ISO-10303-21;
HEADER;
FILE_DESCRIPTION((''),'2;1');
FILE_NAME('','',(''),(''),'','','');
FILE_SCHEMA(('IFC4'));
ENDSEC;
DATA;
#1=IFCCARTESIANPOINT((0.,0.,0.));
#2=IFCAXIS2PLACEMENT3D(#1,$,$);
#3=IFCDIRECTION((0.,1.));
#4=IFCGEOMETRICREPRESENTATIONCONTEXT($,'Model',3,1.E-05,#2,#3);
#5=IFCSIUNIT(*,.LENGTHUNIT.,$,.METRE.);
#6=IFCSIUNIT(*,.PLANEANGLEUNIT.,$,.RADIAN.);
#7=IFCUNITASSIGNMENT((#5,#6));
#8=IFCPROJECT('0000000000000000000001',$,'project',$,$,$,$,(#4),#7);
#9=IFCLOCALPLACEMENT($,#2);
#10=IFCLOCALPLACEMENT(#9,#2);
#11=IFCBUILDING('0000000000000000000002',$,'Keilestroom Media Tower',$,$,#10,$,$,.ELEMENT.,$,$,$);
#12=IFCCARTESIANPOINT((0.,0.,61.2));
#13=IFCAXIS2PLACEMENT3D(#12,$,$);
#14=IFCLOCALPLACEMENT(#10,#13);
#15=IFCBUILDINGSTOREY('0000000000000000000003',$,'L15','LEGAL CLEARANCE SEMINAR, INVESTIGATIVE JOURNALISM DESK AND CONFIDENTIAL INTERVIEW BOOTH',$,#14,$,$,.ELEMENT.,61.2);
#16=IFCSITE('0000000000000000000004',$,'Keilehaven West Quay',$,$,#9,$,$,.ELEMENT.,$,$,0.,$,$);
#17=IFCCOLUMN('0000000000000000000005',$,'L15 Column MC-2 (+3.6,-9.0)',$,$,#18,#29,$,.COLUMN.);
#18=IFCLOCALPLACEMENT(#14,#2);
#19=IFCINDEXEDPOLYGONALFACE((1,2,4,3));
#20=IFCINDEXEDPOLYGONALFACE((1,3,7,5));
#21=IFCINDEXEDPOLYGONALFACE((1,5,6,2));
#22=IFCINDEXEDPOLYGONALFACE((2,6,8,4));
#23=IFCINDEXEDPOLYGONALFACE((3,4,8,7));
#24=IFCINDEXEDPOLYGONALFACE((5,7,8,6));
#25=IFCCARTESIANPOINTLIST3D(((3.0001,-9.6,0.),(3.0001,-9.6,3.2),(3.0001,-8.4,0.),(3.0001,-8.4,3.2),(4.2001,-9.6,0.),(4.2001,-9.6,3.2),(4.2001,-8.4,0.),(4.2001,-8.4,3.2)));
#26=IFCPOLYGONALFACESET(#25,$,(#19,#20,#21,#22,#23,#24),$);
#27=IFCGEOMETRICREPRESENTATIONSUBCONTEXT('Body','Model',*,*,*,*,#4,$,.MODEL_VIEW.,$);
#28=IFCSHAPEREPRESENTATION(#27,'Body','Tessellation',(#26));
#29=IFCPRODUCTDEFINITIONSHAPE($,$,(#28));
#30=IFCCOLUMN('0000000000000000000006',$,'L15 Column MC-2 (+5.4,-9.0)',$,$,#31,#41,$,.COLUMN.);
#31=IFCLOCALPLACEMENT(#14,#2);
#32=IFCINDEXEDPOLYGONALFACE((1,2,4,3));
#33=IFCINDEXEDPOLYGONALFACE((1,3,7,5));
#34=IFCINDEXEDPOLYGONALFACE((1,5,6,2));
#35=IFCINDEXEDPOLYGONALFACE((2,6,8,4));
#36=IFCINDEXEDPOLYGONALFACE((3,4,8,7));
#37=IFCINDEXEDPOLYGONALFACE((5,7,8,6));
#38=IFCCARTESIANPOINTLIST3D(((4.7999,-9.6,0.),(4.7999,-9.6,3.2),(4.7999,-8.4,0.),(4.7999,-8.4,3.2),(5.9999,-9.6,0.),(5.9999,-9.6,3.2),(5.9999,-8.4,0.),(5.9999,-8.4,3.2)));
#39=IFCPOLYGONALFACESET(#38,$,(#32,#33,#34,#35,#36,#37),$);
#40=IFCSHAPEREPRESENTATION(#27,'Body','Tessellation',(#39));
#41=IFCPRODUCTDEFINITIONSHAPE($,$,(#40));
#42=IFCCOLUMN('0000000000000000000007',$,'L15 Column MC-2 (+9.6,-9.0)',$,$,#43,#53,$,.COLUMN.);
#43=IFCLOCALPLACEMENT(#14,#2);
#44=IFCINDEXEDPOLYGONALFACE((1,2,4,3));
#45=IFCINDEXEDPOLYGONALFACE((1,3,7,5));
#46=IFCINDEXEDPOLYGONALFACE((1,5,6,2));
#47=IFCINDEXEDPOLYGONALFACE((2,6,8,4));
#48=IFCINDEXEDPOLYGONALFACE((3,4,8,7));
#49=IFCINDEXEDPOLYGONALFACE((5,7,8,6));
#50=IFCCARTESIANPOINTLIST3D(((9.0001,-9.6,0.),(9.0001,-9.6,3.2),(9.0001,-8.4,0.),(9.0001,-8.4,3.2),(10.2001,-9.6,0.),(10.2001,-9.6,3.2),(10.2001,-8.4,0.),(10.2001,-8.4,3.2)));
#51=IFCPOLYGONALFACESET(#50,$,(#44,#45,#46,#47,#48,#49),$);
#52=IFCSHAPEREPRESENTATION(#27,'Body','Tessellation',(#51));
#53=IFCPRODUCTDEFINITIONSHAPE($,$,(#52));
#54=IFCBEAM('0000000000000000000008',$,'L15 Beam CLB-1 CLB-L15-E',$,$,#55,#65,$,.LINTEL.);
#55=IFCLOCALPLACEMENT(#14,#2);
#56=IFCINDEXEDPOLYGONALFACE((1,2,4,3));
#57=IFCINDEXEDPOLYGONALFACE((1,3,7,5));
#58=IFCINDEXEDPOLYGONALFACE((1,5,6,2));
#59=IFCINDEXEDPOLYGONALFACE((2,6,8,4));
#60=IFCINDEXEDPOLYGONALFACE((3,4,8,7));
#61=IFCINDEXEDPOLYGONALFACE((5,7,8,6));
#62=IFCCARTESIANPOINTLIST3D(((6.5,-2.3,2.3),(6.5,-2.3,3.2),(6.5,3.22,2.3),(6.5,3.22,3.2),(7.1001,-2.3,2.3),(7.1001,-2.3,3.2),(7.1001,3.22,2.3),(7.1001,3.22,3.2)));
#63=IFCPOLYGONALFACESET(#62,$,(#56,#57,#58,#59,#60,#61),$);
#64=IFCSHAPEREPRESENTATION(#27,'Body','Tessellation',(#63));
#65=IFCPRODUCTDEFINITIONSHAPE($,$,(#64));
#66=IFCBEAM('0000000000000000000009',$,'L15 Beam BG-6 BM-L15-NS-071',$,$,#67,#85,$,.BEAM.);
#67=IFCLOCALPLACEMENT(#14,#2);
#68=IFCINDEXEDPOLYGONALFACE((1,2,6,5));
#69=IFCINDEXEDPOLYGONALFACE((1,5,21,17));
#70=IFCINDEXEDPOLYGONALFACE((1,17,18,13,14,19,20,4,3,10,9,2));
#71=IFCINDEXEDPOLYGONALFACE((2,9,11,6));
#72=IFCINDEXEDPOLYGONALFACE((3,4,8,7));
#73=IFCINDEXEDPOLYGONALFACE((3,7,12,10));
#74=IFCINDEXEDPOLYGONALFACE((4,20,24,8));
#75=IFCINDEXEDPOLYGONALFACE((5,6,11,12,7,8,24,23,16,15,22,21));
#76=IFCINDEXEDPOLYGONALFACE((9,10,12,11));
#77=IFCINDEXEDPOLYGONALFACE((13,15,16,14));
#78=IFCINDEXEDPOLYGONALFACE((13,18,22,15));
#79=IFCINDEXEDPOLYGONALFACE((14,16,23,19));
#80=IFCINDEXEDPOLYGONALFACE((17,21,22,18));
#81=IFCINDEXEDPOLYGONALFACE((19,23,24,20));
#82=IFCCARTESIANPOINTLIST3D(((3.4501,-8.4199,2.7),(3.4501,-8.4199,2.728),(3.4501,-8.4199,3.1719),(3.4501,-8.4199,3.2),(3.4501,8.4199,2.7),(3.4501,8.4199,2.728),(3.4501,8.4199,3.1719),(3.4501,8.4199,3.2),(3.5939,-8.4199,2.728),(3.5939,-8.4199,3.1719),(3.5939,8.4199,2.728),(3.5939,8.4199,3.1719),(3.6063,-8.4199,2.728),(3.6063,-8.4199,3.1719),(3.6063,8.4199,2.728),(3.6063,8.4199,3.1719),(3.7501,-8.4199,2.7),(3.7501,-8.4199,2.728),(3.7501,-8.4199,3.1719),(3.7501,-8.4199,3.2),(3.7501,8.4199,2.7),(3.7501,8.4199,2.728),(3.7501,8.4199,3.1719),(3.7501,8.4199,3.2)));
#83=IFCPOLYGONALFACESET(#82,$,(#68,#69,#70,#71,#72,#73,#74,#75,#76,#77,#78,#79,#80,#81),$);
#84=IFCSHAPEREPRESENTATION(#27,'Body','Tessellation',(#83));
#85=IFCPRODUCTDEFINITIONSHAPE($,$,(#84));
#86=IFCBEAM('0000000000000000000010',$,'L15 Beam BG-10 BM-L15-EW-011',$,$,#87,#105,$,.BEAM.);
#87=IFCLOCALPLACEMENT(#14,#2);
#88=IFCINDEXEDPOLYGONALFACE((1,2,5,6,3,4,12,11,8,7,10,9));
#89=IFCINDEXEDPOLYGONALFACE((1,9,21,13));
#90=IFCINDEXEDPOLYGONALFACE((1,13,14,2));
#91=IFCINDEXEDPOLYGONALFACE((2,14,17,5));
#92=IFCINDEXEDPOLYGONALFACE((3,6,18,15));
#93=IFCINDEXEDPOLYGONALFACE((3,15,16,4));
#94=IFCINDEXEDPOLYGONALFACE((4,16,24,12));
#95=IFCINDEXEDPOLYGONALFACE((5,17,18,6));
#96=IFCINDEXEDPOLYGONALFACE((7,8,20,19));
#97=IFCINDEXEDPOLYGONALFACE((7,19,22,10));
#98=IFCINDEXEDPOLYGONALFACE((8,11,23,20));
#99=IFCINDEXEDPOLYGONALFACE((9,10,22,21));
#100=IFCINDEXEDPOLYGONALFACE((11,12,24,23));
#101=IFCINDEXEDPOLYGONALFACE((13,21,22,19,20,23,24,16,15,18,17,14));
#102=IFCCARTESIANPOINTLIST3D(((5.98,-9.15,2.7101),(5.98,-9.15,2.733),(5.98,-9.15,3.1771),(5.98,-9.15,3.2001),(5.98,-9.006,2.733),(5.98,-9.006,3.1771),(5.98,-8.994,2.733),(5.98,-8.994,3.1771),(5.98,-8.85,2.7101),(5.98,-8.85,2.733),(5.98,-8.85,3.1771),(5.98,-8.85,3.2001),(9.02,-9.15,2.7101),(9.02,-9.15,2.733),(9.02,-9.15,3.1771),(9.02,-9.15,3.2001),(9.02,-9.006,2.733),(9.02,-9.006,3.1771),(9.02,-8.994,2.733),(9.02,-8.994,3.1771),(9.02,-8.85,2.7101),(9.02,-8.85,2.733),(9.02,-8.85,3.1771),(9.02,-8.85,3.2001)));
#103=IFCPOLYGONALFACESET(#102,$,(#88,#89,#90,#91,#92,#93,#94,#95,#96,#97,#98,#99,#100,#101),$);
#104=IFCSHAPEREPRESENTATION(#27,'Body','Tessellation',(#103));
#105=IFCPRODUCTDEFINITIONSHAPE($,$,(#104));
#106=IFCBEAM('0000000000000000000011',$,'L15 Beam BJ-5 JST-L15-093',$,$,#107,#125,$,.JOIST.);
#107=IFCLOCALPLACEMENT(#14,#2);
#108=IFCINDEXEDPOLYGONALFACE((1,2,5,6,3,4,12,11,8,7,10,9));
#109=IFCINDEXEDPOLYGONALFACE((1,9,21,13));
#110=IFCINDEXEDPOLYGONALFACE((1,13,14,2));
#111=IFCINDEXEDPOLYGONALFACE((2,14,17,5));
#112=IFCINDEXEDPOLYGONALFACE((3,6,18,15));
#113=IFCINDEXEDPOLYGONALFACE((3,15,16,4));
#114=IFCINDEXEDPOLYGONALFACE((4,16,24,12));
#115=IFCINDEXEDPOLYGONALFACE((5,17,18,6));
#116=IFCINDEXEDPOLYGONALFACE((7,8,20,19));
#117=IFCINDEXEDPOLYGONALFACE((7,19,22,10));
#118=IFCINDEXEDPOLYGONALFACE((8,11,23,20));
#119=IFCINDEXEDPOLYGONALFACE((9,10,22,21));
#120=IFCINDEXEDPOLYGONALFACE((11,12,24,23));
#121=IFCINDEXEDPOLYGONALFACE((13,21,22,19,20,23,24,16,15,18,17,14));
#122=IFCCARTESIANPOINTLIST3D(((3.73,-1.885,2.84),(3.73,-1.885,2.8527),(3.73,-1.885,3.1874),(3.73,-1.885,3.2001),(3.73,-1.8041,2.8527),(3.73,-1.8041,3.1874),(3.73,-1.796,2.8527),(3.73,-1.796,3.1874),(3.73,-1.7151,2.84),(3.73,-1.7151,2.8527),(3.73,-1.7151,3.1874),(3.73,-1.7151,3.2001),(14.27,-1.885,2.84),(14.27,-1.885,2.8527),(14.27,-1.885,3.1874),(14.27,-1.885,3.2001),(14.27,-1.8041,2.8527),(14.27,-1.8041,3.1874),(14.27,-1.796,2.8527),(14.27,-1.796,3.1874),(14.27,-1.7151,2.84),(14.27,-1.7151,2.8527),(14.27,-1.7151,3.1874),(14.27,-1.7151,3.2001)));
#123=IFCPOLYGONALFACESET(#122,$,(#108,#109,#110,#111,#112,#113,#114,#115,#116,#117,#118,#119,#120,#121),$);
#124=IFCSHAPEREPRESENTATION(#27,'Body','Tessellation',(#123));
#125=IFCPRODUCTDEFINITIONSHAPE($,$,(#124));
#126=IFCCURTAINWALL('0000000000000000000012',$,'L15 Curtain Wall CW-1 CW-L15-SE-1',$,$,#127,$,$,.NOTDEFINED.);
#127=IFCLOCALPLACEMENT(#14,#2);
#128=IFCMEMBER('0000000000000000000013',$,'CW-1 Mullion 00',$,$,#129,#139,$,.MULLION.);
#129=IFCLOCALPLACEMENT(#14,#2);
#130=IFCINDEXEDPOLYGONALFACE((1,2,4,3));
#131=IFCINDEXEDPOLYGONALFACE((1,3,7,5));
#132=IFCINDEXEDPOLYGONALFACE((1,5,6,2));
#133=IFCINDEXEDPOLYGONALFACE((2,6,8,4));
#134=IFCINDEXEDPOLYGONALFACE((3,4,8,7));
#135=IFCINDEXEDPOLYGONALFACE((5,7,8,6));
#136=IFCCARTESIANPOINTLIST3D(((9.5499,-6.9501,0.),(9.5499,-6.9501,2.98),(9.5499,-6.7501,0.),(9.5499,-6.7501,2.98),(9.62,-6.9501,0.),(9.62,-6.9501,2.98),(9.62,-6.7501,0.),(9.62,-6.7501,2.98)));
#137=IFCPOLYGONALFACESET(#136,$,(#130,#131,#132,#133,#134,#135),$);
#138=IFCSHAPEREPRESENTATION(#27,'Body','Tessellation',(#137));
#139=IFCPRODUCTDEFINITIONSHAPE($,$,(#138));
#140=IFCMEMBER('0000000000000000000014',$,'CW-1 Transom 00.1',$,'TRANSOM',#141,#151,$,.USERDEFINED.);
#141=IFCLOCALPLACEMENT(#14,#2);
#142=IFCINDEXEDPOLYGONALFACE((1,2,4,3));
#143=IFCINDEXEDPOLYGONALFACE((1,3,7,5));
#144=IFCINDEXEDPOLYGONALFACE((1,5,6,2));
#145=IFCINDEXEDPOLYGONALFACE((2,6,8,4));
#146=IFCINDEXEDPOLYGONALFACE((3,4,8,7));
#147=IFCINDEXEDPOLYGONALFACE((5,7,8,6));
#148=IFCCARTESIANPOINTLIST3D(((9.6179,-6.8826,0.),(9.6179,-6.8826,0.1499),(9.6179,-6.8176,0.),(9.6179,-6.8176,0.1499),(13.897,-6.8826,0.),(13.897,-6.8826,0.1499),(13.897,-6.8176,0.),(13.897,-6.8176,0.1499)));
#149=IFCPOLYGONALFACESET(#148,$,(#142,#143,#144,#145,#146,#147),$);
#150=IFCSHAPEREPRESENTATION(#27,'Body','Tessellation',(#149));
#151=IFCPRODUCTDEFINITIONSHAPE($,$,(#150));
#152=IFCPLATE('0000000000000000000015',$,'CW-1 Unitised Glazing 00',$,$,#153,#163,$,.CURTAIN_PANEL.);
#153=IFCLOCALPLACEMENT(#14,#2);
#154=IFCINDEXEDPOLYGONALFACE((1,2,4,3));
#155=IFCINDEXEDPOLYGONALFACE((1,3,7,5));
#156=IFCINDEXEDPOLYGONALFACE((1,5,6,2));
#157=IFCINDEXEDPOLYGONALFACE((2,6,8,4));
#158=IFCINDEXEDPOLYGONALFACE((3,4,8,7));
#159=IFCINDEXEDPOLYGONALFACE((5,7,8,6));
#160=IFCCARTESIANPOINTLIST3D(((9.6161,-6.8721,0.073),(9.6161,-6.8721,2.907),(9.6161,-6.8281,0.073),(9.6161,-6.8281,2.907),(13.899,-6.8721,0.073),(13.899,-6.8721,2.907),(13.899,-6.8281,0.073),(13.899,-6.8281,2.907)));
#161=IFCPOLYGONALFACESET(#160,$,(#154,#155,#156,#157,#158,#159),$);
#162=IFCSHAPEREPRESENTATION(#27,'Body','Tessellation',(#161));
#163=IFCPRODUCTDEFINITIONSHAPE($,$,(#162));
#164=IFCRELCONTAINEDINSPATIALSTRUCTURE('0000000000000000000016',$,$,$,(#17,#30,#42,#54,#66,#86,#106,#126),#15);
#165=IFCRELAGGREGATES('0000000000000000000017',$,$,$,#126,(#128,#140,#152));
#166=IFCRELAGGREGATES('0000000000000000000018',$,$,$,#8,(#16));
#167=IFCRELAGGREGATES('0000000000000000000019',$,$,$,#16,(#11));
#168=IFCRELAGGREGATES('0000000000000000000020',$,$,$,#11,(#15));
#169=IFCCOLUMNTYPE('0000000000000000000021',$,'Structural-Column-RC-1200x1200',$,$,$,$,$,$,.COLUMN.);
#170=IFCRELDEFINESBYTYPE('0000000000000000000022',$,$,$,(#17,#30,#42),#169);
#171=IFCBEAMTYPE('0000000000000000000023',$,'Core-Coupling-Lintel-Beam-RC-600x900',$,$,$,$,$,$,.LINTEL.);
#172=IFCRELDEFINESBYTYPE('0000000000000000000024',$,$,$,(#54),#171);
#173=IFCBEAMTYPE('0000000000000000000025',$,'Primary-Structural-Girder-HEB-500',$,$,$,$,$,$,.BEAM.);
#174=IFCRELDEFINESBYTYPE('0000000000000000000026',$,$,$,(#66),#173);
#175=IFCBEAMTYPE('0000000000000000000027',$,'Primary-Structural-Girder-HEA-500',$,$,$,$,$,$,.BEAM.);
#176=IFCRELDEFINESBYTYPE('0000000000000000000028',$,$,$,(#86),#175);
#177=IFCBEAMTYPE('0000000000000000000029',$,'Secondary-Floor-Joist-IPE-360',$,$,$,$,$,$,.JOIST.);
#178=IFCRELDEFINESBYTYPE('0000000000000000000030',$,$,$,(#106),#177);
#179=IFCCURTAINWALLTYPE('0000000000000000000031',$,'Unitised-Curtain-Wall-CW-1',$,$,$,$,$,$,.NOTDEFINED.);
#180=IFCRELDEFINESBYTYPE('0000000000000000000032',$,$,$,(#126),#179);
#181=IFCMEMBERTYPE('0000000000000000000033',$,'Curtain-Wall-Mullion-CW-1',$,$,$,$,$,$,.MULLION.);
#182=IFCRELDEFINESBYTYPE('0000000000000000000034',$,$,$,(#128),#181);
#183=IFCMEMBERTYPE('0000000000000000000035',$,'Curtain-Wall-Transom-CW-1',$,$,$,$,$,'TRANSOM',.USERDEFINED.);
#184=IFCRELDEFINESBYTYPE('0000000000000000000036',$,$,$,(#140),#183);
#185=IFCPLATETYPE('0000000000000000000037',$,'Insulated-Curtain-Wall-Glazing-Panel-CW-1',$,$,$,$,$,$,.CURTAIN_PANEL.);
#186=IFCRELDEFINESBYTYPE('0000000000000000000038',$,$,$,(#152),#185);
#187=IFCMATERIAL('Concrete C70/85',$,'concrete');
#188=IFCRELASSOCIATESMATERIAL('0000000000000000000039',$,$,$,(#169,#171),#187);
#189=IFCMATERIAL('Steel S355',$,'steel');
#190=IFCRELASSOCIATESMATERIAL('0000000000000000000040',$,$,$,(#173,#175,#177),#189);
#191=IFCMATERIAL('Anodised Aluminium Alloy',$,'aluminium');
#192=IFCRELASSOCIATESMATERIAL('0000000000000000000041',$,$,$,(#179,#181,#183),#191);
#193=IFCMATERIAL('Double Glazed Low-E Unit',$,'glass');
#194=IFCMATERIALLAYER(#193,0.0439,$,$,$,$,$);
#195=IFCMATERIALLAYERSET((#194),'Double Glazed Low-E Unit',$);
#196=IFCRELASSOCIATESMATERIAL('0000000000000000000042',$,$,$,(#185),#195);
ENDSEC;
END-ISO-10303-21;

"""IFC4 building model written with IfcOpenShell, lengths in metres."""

from ifc_helpers import new_model, si_unit, direction, frame, origin, origin_2d, place, context, subcontext, project, spatial, rectangle, i_section, extrude, source, transform, mapped, material, layer, layer_set, material_profile, profile_set, type_object, element, aggregate, save


model = new_model("IFC4")

# Units and contexts
model_context = context("Model", 3, precision=1e-05, world=origin(), true_north=direction((0.0, 1.0)))
body_context = subcontext(model_context, "Body", "Model", "MODEL_VIEW")
ifc_project = project(units=[si_unit("LENGTHUNIT", "METRE"), si_unit("PLANEANGLEUNIT", "RADIAN")], contexts=[model_context])

# Site, building, storey
site_placement = place(None, origin())
site = spatial("IfcSite", under=ifc_project, at=site_placement, Name="Keilehaven West Quay", CompositionType="ELEMENT", RefElevation=0.0)
building_placement = place(site_placement, origin())
building = spatial("IfcBuilding", under=site, at=building_placement, Name="Keilestroom Media Tower", CompositionType="ELEMENT")
storey_placement = place(building_placement, frame((0.0, 0.0, 61.2)))
storey = spatial("IfcBuildingStorey", under=building, at=storey_placement, Name="L15", Description="LEGAL CLEARANCE SEMINAR, INVESTIGATIVE JOURNALISM DESK AND CONFIDENTIAL INTERVIEW BOOTH", CompositionType="ELEMENT", Elevation=61.2)

# Columns
ifc_material_1 = material(Name="Concrete C70/85", Category="concrete")
ifc_material_profile_1 = material_profile(ifc_material_1, rectangle(XDim=1.2, YDim=1.2, at=origin_2d()), Name="RC 1200x1200")
ifc_profile_set_1 = profile_set([ifc_material_profile_1], Name="Concrete C70/85")
column_type = type_object("IfcColumnType", Name="Structural-Column-RC-1200x1200", PredefinedType="COLUMN", material=ifc_profile_set_1)
shared_shape_1 = source(origin(), body_context, "Body", "SweptSolid", [
    extrude(rectangle(XDim=1.2, YDim=1.2, at=origin_2d()), origin(), (0.0, 0.0, 1.0), 3.2),
])
for number, where, z_axis, x_axis, name in (
    (1, (3.6001, -9.0, 0.0), (0.0, 0.0, 1.0), (1.0, 0.0, 0.0), "L15 Column MC-2 (+3.6,-9.0)"),
    (2, (5.3999, -9.0, 0.0), (0.0, 0.0, 1.0), (1.0, 0.0, 0.0), "L15 Column MC-2 (+5.4,-9.0)"),
    (3, (9.6001, -9.0, 0.0), (0.0, 0.0, 1.0), (1.0, 0.0, 0.0), "L15 Column MC-2 (+9.6,-9.0)"),
):
    element("IfcColumn", number, at=place(storey_placement, frame(where, z_axis=z_axis, x_axis=x_axis)), inside=storey, type_object=column_type, Name=name, PredefinedType="COLUMN", context=body_context, shape_type="MappedRepresentation", body=[
        mapped(shared_shape_1, transform((0.0, 0.0, 0.0), x_axis=(1.0, 0.0, 0.0), y_axis=(0.0, 1.0, 0.0), z_axis=(0.0, 0.0, 1.0), scale=1.0)),
    ])

# Beams
ifc_material_profile_2 = material_profile(ifc_material_1, rectangle(XDim=0.6001, YDim=0.8999, at=origin_2d()), Name="RC 600x900")
ifc_profile_set_2 = profile_set([ifc_material_profile_2], Name="Concrete C70/85")
beam_type_1 = type_object("IfcBeamType", Name="Core-Coupling-Lintel-Beam-RC-600x900", PredefinedType="LINTEL", material=ifc_profile_set_2)
shared_shape_2 = source(origin(), body_context, "Body", "SweptSolid", [
    extrude(rectangle(XDim=0.6001, YDim=0.8999, at=origin_2d()), origin(), (0.0, 0.0, 1.0), 5.52),
])
beam_1_placement = place(storey_placement, frame((6.8, -2.3, 2.75), z_axis=(0.0, 1.0, 0.0), x_axis=(-1.0, 0.0, 0.0)))
element("IfcBeam", 4, at=beam_1_placement, inside=storey, type_object=beam_type_1, Name="L15 Beam CLB-1 CLB-L15-E", PredefinedType="LINTEL", context=body_context, shape_type="MappedRepresentation", body=[
    mapped(shared_shape_2, transform((0.0, 0.0, 0.0), x_axis=(1.0, 0.0, 0.0), y_axis=(0.0, 1.0, 0.0), z_axis=(0.0, 0.0, 1.0), scale=1.0)),
])
ifc_material_2 = material(Name="Steel S355", Category="steel")
ifc_material_profile_3 = material_profile(ifc_material_2, i_section(OverallWidth=0.3, OverallDepth=0.5, WebThickness=0.0125, FlangeThickness=0.0281, at=origin_2d()), Name="HEB 500")
ifc_profile_set_3 = profile_set([ifc_material_profile_3], Name="Steel S355")
beam_type_2 = type_object("IfcBeamType", Name="Primary-Structural-Girder-HEB-500", PredefinedType="BEAM", material=ifc_profile_set_3)
shared_shape_3 = source(origin(), body_context, "Body", "SweptSolid", [
    extrude(i_section(OverallWidth=0.3, OverallDepth=0.5, WebThickness=0.0125, FlangeThickness=0.0281, at=origin_2d()), origin(), (0.0, 0.0, 1.0), 16.8398),
])
beam_2_placement = place(storey_placement, frame((3.6001, -8.4199, 2.95), z_axis=(0.0, 1.0, 0.0), x_axis=(-1.0, 0.0, 0.0)))
element("IfcBeam", 5, at=beam_2_placement, inside=storey, type_object=beam_type_2, Name="L15 Beam BG-6 BM-L15-NS-071", PredefinedType="BEAM", context=body_context, shape_type="MappedRepresentation", body=[
    mapped(shared_shape_3, transform((0.0, 0.0, 0.0), x_axis=(1.0, 0.0, 0.0), y_axis=(0.0, 1.0, 0.0), z_axis=(0.0, 0.0, 1.0), scale=1.0)),
])
ifc_material_profile_4 = material_profile(ifc_material_2, i_section(OverallWidth=0.3, OverallDepth=0.49, WebThickness=0.012, FlangeThickness=0.0229, at=origin_2d()), Name="HEA 500")
ifc_profile_set_4 = profile_set([ifc_material_profile_4], Name="Steel S355")
beam_type_3 = type_object("IfcBeamType", Name="Primary-Structural-Girder-HEA-500", PredefinedType="BEAM", material=ifc_profile_set_4)
shared_shape_4 = source(origin(), body_context, "Body", "SweptSolid", [
    extrude(i_section(OverallWidth=0.3, OverallDepth=0.49, WebThickness=0.012, FlangeThickness=0.0229, at=origin_2d()), origin(), (0.0, 0.0, 1.0), 3.04),
])
beam_3_placement = place(storey_placement, frame((5.98, -9.0, 2.9551), z_axis=(1.0, 0.0, 0.0), x_axis=(0.0, 1.0, 0.0)))
element("IfcBeam", 6, at=beam_3_placement, inside=storey, type_object=beam_type_3, Name="L15 Beam BG-10 BM-L15-EW-011", PredefinedType="BEAM", context=body_context, shape_type="MappedRepresentation", body=[
    mapped(shared_shape_4, transform((0.0, 0.0, 0.0), x_axis=(1.0, 0.0, 0.0), y_axis=(0.0, 1.0, 0.0), z_axis=(0.0, 0.0, 1.0), scale=1.0)),
])
ifc_material_profile_5 = material_profile(ifc_material_2, i_section(OverallWidth=0.1699, OverallDepth=0.3601, WebThickness=0.0081, FlangeThickness=0.0127, at=origin_2d()), Name="IPE 360")
ifc_profile_set_5 = profile_set([ifc_material_profile_5], Name="Steel S355")
beam_type_4 = type_object("IfcBeamType", Name="Secondary-Floor-Joist-IPE-360", PredefinedType="JOIST", material=ifc_profile_set_5)
shared_shape_5 = source(origin(), body_context, "Body", "SweptSolid", [
    extrude(i_section(OverallWidth=0.1699, OverallDepth=0.3601, WebThickness=0.0081, FlangeThickness=0.0127, at=origin_2d()), origin(), (0.0, 0.0, 1.0), 10.54),
])
beam_4_placement = place(storey_placement, frame((3.73, -1.8, 3.02), z_axis=(1.0, 0.0, 0.0), x_axis=(0.0, 1.0, 0.0)))
element("IfcBeam", 7, at=beam_4_placement, inside=storey, type_object=beam_type_4, Name="L15 Beam BJ-5 JST-L15-093", PredefinedType="JOIST", context=body_context, shape_type="MappedRepresentation", body=[
    mapped(shared_shape_5, transform((0.0, 0.0, 0.0), x_axis=(1.0, 0.0, 0.0), y_axis=(0.0, 1.0, 0.0), z_axis=(0.0, 0.0, 1.0), scale=1.0)),
])

# Curtain wall, members, plate
ifc_material_3 = material(Name="Anodised Aluminium Alloy", Category="aluminium")
curtain_wall_type = type_object("IfcCurtainWallType", Name="Unitised-Curtain-Wall-CW-1", PredefinedType="NOTDEFINED", material=ifc_material_3)
curtain_wall_placement = place(storey_placement, origin())
curtain_wall = element("IfcCurtainWall", 8, at=curtain_wall_placement, inside=storey, type_object=curtain_wall_type, Name="L15 Curtain Wall CW-1 CW-L15-SE-1", PredefinedType="NOTDEFINED")
ifc_material_profile_6 = material_profile(ifc_material_3, rectangle(XDim=0.0701, YDim=0.2, at=origin_2d()), Name="ALU MULLION 70x200")
ifc_profile_set_6 = profile_set([ifc_material_profile_6], Name="Anodised Aluminium Alloy")
member_type_1 = type_object("IfcMemberType", Name="Curtain-Wall-Mullion-CW-1", PredefinedType="MULLION", material=ifc_profile_set_6)
shared_shape_6 = source(origin(), body_context, "Body", "SweptSolid", [
    extrude(rectangle(XDim=0.0701, YDim=0.2, at=origin_2d()), origin(), (0.0, 0.0, 1.0), 2.98),
])
member_1_placement = place(storey_placement, frame((9.585, -6.8501, 0.0), z_axis=(0.0, 0.0, 1.0), x_axis=(1.0, 0.0, 0.0)))
member_1 = element("IfcMember", 9, at=member_1_placement, type_object=member_type_1, Name="CW-1 Mullion 00", PredefinedType="MULLION", context=body_context, shape_type="MappedRepresentation", body=[
    mapped(shared_shape_6, transform((0.0, 0.0, 0.0), x_axis=(1.0, 0.0, 0.0), y_axis=(0.0, 1.0, 0.0), z_axis=(0.0, 0.0, 1.0), scale=1.0)),
])
ifc_material_profile_7 = material_profile(ifc_material_3, rectangle(XDim=0.0649, YDim=0.1499, at=origin_2d()), Name="ALU TRANSOM 65x150")
ifc_profile_set_7 = profile_set([ifc_material_profile_7], Name="Anodised Aluminium Alloy")
member_type_2 = type_object("IfcMemberType", Name="Curtain-Wall-Transom-CW-1", ElementType="TRANSOM", PredefinedType="USERDEFINED", material=ifc_profile_set_7)
shared_shape_7 = source(origin(), body_context, "Body", "SweptSolid", [
    extrude(rectangle(XDim=0.0649, YDim=0.1499, at=origin_2d()), origin(), (0.0, 0.0, 1.0), 4.2791),
])
member_2_placement = place(storey_placement, frame((9.6179, -6.8501, 0.075), z_axis=(1.0, 0.0, 0.0), x_axis=(0.0, 1.0, 0.0)))
member_2 = element("IfcMember", 10, at=member_2_placement, type_object=member_type_2, Name="CW-1 Transom 00.1", ObjectType="TRANSOM", PredefinedType="USERDEFINED", context=body_context, shape_type="MappedRepresentation", body=[
    mapped(shared_shape_7, transform((0.0, 0.0, 0.0), x_axis=(1.0, 0.0, 0.0), y_axis=(0.0, 1.0, 0.0), z_axis=(0.0, 0.0, 1.0), scale=1.0)),
])
ifc_material_4 = material(Name="Double Glazed Low-E Unit", Category="glass")
ifc_layer_1 = layer(ifc_material_4, 0.0439)
ifc_layer_set_1 = layer_set([ifc_layer_1], Name="Double Glazed Low-E Unit")
plate_type = type_object("IfcPlateType", Name="Insulated-Curtain-Wall-Glazing-Panel-CW-1", PredefinedType="CURTAIN_PANEL", material=ifc_layer_set_1)
shared_shape_8 = source(origin(), body_context, "Body", "SweptSolid", [
    extrude(rectangle(XDim=4.283, YDim=0.0439, at=origin_2d()), origin(), (0.0, 0.0, 1.0), 2.834),
])
plate_placement = place(storey_placement, frame((11.7576, -6.8501, 0.073), z_axis=(0.0, 0.0, 1.0), x_axis=(1.0, 0.0, 0.0)))
plate = element("IfcPlate", 11, at=plate_placement, type_object=plate_type, Name="CW-1 Unitised Glazing 00", PredefinedType="CURTAIN_PANEL", context=body_context, shape_type="MappedRepresentation", body=[
    mapped(shared_shape_8, transform((0.0, 0.0, 0.0), x_axis=(1.0, 0.0, 0.0), y_axis=(0.0, 1.0, 0.0), z_axis=(0.0, 0.0, 1.0), scale=1.0)),
])
aggregate(curtain_wall, [member_1, member_2, plate])

save(model, "model.ifc")
